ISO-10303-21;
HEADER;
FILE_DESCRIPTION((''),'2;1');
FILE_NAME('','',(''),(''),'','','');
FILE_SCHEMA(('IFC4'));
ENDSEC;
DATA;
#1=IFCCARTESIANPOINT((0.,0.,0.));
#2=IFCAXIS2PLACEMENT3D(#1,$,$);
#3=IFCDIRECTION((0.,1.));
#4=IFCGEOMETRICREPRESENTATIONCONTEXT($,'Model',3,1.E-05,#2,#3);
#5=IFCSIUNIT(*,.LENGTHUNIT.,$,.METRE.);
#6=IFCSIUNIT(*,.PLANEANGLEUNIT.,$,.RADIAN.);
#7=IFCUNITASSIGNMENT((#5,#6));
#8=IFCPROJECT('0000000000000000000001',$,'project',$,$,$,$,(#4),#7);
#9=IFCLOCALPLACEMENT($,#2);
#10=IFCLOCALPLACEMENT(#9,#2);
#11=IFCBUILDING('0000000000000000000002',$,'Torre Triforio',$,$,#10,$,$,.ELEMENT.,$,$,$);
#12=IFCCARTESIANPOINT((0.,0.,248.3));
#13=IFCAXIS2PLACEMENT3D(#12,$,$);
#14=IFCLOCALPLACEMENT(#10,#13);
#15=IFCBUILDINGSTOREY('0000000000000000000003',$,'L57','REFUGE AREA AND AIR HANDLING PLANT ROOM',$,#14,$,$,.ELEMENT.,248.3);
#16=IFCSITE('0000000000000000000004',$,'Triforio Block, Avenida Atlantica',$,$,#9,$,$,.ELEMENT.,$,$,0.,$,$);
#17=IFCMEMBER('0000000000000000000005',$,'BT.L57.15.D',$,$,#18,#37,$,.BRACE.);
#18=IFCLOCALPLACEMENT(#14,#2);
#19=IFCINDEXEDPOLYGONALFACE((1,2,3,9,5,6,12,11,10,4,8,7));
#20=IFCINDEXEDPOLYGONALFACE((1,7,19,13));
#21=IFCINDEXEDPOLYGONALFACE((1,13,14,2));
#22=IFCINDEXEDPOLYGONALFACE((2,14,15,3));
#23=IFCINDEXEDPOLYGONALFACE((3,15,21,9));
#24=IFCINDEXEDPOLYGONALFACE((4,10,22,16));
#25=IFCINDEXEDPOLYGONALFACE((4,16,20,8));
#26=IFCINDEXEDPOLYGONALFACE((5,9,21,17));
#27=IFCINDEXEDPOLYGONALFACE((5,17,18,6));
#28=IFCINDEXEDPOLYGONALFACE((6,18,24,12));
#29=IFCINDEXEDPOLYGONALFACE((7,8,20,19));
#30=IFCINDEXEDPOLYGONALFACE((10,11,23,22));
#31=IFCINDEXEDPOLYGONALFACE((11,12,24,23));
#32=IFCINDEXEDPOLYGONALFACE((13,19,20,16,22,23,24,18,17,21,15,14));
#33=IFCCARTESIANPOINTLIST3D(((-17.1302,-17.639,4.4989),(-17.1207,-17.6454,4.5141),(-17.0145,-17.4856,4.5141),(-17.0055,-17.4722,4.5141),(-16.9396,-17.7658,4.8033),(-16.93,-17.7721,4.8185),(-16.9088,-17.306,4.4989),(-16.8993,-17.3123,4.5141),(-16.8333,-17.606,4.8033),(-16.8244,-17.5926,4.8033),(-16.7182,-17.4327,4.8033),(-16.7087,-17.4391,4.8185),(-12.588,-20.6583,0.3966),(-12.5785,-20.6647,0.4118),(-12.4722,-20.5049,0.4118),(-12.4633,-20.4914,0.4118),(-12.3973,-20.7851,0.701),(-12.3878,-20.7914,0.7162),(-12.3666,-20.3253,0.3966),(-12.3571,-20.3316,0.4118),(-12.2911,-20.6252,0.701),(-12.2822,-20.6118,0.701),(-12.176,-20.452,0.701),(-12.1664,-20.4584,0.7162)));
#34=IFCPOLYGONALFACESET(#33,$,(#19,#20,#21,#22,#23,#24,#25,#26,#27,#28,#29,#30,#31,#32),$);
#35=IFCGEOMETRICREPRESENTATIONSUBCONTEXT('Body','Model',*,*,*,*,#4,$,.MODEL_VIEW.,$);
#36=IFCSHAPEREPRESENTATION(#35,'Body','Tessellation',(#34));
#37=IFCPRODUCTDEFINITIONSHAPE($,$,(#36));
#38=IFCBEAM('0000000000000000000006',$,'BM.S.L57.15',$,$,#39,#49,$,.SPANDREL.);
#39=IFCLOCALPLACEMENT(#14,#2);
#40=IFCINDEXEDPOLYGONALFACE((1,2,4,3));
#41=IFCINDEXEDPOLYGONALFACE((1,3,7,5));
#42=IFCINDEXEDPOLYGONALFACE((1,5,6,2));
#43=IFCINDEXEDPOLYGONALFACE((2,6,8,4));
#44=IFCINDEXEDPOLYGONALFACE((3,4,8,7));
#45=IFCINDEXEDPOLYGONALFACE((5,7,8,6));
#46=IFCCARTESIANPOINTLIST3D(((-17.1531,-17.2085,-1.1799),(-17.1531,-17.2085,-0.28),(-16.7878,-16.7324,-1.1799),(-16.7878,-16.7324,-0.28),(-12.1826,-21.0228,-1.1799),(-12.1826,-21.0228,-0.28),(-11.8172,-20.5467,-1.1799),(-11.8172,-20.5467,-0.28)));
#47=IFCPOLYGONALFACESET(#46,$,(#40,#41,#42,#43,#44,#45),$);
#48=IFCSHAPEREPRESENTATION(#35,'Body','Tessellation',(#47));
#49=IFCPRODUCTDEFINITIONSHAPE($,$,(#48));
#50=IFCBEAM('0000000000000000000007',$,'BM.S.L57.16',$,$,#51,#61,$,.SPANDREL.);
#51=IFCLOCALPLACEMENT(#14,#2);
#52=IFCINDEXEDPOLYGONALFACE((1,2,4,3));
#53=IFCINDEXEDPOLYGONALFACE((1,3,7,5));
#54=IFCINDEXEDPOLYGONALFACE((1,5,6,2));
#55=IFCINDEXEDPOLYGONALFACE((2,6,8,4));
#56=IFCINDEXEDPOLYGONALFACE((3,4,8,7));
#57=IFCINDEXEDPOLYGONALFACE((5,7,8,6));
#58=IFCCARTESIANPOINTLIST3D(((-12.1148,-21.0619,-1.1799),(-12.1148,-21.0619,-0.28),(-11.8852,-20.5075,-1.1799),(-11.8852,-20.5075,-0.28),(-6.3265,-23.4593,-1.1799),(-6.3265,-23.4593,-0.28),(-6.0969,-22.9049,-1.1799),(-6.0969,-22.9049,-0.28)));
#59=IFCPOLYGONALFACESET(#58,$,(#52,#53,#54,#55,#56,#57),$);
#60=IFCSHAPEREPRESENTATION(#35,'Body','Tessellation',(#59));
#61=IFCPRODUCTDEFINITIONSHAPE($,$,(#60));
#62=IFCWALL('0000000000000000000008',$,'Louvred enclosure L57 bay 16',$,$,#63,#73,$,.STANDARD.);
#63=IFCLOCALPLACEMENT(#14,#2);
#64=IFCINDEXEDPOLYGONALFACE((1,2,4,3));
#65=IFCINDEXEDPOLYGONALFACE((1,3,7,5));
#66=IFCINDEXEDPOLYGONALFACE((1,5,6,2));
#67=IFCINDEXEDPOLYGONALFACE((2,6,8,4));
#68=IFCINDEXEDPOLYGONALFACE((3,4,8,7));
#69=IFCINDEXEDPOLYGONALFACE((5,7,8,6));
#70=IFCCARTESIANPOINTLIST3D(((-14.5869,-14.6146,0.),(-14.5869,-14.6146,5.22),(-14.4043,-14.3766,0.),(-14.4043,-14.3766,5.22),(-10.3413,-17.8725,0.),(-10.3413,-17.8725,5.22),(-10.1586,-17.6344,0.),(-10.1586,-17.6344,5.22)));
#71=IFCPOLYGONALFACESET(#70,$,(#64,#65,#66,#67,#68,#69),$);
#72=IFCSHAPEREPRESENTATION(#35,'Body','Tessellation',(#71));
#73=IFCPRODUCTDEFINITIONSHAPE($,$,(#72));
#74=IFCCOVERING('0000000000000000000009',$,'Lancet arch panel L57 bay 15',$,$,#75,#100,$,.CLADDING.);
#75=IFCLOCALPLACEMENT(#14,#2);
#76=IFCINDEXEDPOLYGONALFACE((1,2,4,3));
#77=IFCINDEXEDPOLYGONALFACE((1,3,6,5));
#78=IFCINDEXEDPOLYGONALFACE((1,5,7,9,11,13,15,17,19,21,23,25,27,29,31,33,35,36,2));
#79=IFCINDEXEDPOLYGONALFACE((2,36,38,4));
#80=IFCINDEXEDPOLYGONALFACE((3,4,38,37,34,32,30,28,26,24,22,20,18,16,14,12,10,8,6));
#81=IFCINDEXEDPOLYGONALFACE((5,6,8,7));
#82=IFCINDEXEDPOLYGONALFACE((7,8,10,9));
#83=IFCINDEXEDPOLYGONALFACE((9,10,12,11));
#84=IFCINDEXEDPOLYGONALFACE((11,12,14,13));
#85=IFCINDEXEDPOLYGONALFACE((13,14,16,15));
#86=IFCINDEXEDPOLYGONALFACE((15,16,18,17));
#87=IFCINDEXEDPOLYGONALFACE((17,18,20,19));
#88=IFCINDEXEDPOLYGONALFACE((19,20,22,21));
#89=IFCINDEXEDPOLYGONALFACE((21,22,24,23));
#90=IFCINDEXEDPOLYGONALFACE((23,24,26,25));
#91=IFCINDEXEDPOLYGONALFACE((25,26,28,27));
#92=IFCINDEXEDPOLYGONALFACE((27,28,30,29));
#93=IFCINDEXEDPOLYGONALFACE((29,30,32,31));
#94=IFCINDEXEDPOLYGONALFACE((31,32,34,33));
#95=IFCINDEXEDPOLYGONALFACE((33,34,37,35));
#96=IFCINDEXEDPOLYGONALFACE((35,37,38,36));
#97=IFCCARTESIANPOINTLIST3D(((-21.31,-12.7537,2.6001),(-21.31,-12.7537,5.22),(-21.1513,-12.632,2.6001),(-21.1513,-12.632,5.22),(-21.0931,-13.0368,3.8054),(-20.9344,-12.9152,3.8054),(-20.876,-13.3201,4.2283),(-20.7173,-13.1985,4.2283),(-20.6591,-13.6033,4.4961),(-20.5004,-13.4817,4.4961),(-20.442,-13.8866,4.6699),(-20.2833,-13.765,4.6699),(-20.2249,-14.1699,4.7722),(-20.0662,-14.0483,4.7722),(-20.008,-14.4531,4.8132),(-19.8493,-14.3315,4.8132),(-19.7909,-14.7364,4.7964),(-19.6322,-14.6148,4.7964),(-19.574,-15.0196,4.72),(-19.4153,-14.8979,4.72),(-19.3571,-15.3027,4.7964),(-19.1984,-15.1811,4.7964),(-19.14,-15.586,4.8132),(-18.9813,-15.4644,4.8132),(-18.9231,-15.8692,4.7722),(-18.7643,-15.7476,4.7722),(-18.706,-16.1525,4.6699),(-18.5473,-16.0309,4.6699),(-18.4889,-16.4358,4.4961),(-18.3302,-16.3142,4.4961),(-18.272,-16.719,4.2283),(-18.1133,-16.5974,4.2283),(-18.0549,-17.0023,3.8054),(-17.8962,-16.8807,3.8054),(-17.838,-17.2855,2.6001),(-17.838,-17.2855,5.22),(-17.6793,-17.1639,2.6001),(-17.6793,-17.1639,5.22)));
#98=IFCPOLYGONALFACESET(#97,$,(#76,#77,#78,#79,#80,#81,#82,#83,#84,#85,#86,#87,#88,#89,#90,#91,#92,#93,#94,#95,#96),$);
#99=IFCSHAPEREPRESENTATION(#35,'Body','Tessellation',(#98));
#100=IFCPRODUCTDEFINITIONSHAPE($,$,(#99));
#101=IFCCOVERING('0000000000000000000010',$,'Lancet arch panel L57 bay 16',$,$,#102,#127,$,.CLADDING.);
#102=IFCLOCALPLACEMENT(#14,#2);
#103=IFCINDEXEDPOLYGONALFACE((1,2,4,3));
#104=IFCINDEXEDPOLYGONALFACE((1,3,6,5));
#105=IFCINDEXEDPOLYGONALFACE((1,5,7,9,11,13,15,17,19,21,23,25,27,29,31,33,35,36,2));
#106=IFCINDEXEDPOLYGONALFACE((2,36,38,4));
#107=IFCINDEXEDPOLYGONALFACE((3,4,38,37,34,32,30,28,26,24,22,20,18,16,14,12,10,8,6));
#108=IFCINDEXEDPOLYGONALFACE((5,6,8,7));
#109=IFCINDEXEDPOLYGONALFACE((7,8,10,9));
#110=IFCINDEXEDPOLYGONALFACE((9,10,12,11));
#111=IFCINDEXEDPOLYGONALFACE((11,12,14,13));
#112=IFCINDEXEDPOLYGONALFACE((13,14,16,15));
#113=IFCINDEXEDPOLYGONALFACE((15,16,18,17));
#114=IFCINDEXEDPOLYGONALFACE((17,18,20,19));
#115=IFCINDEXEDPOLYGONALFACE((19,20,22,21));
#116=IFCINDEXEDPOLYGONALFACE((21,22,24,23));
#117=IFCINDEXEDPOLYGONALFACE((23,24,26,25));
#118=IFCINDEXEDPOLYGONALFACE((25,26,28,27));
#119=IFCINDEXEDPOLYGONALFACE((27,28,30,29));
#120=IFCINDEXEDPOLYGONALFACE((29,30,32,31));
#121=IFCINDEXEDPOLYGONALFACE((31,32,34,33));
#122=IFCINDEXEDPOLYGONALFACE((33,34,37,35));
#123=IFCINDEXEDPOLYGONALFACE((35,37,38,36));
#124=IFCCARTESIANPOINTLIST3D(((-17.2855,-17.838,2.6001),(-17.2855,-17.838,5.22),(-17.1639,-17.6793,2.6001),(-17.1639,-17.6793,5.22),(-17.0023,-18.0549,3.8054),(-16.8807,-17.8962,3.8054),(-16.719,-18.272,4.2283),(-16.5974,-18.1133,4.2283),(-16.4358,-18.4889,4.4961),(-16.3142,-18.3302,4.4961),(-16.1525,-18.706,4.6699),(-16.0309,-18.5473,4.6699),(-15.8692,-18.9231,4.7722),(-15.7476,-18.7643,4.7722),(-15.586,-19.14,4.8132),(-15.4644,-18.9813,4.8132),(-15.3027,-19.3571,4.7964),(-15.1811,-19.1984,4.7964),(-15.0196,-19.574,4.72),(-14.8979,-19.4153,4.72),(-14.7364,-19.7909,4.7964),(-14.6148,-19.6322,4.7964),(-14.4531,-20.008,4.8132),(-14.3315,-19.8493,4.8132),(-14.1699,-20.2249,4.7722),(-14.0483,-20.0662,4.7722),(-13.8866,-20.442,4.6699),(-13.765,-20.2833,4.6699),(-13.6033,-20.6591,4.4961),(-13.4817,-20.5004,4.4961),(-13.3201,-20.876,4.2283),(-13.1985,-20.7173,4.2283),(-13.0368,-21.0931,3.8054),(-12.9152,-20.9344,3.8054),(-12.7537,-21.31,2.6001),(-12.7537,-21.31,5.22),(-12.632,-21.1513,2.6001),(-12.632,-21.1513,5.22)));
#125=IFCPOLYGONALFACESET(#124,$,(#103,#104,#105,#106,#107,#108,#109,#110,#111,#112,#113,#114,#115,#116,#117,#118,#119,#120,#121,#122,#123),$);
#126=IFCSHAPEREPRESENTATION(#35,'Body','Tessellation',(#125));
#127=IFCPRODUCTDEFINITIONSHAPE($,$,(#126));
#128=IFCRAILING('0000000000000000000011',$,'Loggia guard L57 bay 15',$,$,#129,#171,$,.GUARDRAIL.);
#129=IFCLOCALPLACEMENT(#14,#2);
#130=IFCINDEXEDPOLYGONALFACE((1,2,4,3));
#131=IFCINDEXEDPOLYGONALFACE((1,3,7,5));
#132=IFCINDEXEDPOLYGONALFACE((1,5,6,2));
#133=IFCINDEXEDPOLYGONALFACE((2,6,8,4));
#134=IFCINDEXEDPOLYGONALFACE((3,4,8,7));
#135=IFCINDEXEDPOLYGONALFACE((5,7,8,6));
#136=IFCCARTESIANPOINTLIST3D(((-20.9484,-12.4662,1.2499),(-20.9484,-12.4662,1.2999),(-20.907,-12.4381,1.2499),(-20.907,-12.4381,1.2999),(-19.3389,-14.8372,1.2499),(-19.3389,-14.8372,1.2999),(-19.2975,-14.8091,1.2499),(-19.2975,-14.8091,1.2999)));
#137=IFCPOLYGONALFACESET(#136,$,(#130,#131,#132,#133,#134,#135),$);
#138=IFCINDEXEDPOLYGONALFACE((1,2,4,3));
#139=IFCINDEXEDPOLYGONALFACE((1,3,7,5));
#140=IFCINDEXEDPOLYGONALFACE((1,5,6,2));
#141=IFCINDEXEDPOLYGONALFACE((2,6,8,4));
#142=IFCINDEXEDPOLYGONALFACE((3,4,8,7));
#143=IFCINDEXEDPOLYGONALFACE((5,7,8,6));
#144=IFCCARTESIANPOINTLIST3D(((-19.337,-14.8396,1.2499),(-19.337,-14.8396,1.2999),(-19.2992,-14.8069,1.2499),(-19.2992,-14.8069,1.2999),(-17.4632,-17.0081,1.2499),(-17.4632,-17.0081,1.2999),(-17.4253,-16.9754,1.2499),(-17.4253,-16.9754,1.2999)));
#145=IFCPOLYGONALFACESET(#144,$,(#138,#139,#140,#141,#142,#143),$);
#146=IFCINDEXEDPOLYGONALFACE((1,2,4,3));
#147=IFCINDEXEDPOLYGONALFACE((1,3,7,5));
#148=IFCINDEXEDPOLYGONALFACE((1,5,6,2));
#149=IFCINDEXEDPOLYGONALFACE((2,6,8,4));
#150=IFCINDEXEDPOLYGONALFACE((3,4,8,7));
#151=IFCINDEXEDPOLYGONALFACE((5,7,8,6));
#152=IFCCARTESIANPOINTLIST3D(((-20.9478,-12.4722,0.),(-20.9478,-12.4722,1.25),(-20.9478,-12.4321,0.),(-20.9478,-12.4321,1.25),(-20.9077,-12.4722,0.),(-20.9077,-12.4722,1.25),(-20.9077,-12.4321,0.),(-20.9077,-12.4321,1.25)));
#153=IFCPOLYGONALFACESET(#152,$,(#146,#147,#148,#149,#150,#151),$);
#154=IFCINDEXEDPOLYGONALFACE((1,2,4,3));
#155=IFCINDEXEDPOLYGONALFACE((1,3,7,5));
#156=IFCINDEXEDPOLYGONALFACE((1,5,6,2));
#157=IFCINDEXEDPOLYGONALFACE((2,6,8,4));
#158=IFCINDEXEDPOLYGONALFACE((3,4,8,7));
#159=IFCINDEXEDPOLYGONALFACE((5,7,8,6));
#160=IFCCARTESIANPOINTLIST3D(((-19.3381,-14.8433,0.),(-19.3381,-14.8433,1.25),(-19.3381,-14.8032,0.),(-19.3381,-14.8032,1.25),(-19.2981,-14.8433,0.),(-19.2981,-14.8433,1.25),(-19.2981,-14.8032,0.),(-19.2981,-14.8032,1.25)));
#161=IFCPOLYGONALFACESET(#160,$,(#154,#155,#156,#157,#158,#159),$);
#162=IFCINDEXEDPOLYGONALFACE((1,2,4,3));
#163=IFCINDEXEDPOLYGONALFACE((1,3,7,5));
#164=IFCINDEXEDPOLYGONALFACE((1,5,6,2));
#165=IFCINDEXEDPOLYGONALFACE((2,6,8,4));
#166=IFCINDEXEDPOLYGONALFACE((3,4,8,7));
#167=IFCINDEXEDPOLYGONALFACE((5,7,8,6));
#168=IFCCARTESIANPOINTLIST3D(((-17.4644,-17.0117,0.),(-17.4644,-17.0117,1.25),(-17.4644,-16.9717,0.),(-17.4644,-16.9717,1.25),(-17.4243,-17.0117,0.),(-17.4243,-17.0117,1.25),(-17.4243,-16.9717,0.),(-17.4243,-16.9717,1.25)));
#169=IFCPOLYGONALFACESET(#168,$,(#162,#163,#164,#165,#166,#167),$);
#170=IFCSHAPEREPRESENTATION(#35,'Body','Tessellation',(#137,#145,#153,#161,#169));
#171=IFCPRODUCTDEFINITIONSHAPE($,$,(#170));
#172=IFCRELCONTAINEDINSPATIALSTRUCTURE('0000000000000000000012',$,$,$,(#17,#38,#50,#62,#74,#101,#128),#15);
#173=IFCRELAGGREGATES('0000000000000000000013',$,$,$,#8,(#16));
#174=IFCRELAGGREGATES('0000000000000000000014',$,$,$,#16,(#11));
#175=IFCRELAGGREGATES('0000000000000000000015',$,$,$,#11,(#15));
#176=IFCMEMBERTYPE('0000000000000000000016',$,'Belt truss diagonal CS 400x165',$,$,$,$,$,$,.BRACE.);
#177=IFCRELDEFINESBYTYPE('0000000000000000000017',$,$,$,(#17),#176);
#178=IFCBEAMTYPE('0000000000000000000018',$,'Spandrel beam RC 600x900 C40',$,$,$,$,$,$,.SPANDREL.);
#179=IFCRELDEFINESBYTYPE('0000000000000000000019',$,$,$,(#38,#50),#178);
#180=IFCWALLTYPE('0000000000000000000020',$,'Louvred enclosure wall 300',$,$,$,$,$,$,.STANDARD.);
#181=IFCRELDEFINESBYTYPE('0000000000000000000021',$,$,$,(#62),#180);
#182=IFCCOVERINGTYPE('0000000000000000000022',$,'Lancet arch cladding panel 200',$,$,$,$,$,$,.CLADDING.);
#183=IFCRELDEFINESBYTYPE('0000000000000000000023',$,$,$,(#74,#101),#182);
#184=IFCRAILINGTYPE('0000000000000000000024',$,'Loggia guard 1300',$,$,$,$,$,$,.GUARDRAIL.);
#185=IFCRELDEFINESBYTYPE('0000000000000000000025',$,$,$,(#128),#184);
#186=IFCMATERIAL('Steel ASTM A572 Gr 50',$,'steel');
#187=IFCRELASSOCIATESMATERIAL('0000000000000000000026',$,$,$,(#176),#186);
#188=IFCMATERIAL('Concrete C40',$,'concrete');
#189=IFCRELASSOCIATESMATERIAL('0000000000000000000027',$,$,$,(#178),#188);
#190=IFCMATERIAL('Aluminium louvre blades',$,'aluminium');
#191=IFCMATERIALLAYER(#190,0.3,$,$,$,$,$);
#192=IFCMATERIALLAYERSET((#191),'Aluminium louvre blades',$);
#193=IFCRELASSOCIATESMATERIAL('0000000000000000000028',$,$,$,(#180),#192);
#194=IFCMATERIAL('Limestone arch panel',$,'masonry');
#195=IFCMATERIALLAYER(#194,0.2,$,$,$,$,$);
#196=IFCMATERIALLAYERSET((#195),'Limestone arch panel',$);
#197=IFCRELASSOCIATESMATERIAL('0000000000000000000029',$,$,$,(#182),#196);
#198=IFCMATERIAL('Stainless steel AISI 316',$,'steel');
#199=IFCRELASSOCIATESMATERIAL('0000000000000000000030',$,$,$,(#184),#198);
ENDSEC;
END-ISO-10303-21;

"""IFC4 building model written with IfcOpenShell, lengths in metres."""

from ifc_helpers import new_model, si_unit, direction, frame, frame_2d, origin, origin_2d, place, context, subcontext, project, spatial, polyline, rectangle, i_section, outline, extrude, material, layer, layer_set, material_profile, profile_set, type_object, element, save


model = new_model("IFC4")

# Units and contexts
model_context = context("Model", 3, precision=1e-05, world=origin(), true_north=direction((0.0, 1.0)))
body_context = subcontext(model_context, "Body", "Model", "MODEL_VIEW")
ifc_project = project(units=[si_unit("LENGTHUNIT", "METRE"), si_unit("PLANEANGLEUNIT", "RADIAN")], contexts=[model_context])

# Site, building, storey
site_placement = place(None, origin())
site = spatial("IfcSite", under=ifc_project, at=site_placement, Name="Triforio Block, Avenida Atlantica", CompositionType="ELEMENT", RefElevation=0.0)
building_placement = place(site_placement, origin())
building = spatial("IfcBuilding", under=site, at=building_placement, Name="Torre Triforio", CompositionType="ELEMENT")
storey_placement = place(building_placement, frame((0.0, 0.0, 248.3)))
storey = spatial("IfcBuildingStorey", under=building, at=storey_placement, Name="L57", Description="REFUGE AREA AND AIR HANDLING PLANT ROOM", CompositionType="ELEMENT", Elevation=248.3)

# Member
ifc_material_1 = material(Name="Steel ASTM A572 Gr 50", Category="steel")
ifc_material_profile_1 = material_profile(ifc_material_1, i_section(OverallWidth=0.3999, OverallDepth=0.3999, WebThickness=0.0161, FlangeThickness=0.019, at=origin_2d()), Name="CS 400x165")
ifc_profile_set_1 = profile_set([ifc_material_profile_1], Name="Steel ASTM A572 Gr 50")
member_type_1 = type_object("IfcMemberType", Name="Belt truss diagonal CS 400x165", PredefinedType="BRACE", material=ifc_profile_set_1)
for number, where, z_axis, x_axis, name in (
    (1, (-16.9194, -17.5391, 4.6587), (0.665556, -0.442404, -0.601093), (0.553574, 0.8328, 0.0), "BT.L57.15.D"),
):
    element("IfcMember", number, at=place(storey_placement, frame(where, z_axis=z_axis, x_axis=x_axis)), inside=storey, type_object=member_type_1, Name=name, PredefinedType="BRACE", context=body_context, shape_type="SweptSolid", body=[
        extrude(i_section(OverallWidth=0.3999, OverallDepth=0.3999, WebThickness=0.0161, FlangeThickness=0.019, at=origin_2d()), origin(), (0.0, 0.0, 1.0), 6.8247),
    ])

# Beams
ifc_material_2 = material(Name="Concrete C40", Category="concrete")
ifc_material_profile_2 = material_profile(ifc_material_2, rectangle(XDim=0.6001, YDim=0.8999, at=origin_2d()), Name="RC 600x900")
ifc_profile_set_2 = profile_set([ifc_material_profile_2], Name="Concrete C40")
beam_type = type_object("IfcBeamType", Name="Spandrel beam RC 600x900 C40", PredefinedType="SPANDREL", material=ifc_profile_set_2)
beam_1_placement = place(storey_placement, frame((-16.9705, -16.9705, -0.73), z_axis=(0.793335, -0.608786, 0.0), x_axis=(0.608786, 0.793335, 0.0)))
element("IfcBeam", 2, at=beam_1_placement, inside=storey, type_object=beam_type, Name="BM.S.L57.15", PredefinedType="SPANDREL", context=body_context, shape_type="SweptSolid", body=[
    extrude(rectangle(XDim=0.6001, YDim=0.8999, at=origin_2d()), origin(), (0.0, 0.0, 1.0), 6.2654),
])
beam_2_placement = place(storey_placement, frame((-12.0, -20.7847, -0.73), z_axis=(0.923888, -0.382664, 0.0), x_axis=(0.382664, 0.923888, 0.0)))
element("IfcBeam", 3, at=beam_2_placement, inside=storey, type_object=beam_type, Name="BM.S.L57.16", PredefinedType="SPANDREL", context=body_context, shape_type="SweptSolid", body=[
    extrude(rectangle(XDim=0.6001, YDim=0.8999, at=origin_2d()), origin(), (0.0, 0.0, 1.0), 6.2651),
])

# Wall
ifc_material_3 = material(Name="Aluminium louvre blades", Category="aluminium")
ifc_layer_1 = layer(ifc_material_3, 0.3)
ifc_layer_set_1 = layer_set([ifc_layer_1], Name="Aluminium louvre blades")
wall_type = type_object("IfcWallType", Name="Louvred enclosure wall 300", PredefinedType="STANDARD", material=ifc_layer_set_1)
wall_placement = place(storey_placement, frame((-14.4956, -14.4956, 0.0), z_axis=(0.0, 0.0, 1.0), x_axis=(0.793349, -0.608767, 0.0)))
element("IfcWall", 4, at=wall_placement, inside=storey, type_object=wall_type, Name="Louvred enclosure L57 bay 16", PredefinedType="STANDARD", context=body_context, shape_type="SweptSolid", body=[
    extrude(rectangle(XDim=5.3516, YDim=0.3, at=frame_2d((2.6758, 0.0))), origin(), (0.0, 0.0, 1.0), 5.22),
])

# Coverings
ifc_material_4 = material(Name="Limestone arch panel", Category="masonry")
ifc_layer_2 = layer(ifc_material_4, 0.2)
ifc_layer_set_2 = layer_set([ifc_layer_2], Name="Limestone arch panel")
covering_type_1 = type_object("IfcCoveringType", Name="Lancet arch cladding panel 200", PredefinedType="CLADDING", material=ifc_layer_set_2)
for number, where, z_axis, x_axis, name in (
    (5, (-19.4153, -14.8979, 0.0), (-0.793803, -0.608175, 0.0), (0.608175, -0.793803, 0.0), "Lancet arch panel L57 bay 15"),
    (6, (-14.8979, -19.4153, 0.0), (-0.608175, -0.793803, 0.0), (0.793803, -0.608175, 0.0), "Lancet arch panel L57 bay 16"),
):
    element("IfcCovering", number, at=place(storey_placement, frame(where, z_axis=z_axis, x_axis=x_axis)), inside=storey, type_object=covering_type_1, Name=name, PredefinedType="CLADDING", context=body_context, shape_type="SweptSolid", body=[
        extrude(outline(polyline([(-2.8545, 5.22), (-2.8545, 2.6001), (-2.4978, 3.8054), (-2.1409, 4.2283), (-1.7842, 4.4961), (-1.4272, 4.6699), (-1.0703, 4.7722), (-0.7136, 4.8132), (-0.3567, 4.7964), (0.0, 4.72), (0.3567, 4.7964), (0.7136, 4.8132), (1.0703, 4.7722), (1.4272, 4.6699), (1.7842, 4.4961), (2.1409, 4.2283), (2.4978, 3.8054), (2.8545, 2.6001), (2.8545, 5.22), (-2.8545, 5.22)])), origin(), (0.0, 0.0, 1.0), 0.2),
    ])

# Railing
ifc_material_5 = material(Name="Stainless steel AISI 316", Category="steel")
railing_type = type_object("IfcRailingType", Name="Loggia guard 1300", PredefinedType="GUARDRAIL", material=ifc_material_5)
railing_1_placement = place(storey_placement, frame((-20.9277, -12.4521, 0.0)))
element("IfcRailing", 7, at=railing_1_placement, inside=storey, type_object=railing_type, Name="Loggia guard L57 bay 15", PredefinedType="GUARDRAIL", context=body_context, shape_type="SweptSolid", body=[
    extrude(rectangle(XDim=0.05, YDim=0.05, at=origin_2d()), frame((0.0, 0.0, 1.2749), z_axis=(0.56166, -0.827368, 0.0), x_axis=(0.827368, 0.56166, 0.0)), (0.0, 0.0, 1.0), 2.8657),
    extrude(rectangle(XDim=0.05, YDim=0.05, at=origin_2d()), frame((1.6096, -2.3711, 1.2749), z_axis=(0.653824, -0.756647, 0.0), x_axis=(0.756647, 0.653824, 0.0)), (0.0, 0.0, 1.0), 2.866),
    extrude(rectangle(XDim=0.04, YDim=0.04, at=origin_2d()), origin(), (0.0, 0.0, 1.0), 1.25),
    extrude(rectangle(XDim=0.04, YDim=0.04, at=origin_2d()), frame((1.6096, -2.3711, 0.0)), (0.0, 0.0, 1.0), 1.25),
    extrude(rectangle(XDim=0.04, YDim=0.04, at=origin_2d()), frame((3.4834, -4.5396, 0.0)), (0.0, 0.0, 1.0), 1.25),
])

save(model, "model.ifc")
